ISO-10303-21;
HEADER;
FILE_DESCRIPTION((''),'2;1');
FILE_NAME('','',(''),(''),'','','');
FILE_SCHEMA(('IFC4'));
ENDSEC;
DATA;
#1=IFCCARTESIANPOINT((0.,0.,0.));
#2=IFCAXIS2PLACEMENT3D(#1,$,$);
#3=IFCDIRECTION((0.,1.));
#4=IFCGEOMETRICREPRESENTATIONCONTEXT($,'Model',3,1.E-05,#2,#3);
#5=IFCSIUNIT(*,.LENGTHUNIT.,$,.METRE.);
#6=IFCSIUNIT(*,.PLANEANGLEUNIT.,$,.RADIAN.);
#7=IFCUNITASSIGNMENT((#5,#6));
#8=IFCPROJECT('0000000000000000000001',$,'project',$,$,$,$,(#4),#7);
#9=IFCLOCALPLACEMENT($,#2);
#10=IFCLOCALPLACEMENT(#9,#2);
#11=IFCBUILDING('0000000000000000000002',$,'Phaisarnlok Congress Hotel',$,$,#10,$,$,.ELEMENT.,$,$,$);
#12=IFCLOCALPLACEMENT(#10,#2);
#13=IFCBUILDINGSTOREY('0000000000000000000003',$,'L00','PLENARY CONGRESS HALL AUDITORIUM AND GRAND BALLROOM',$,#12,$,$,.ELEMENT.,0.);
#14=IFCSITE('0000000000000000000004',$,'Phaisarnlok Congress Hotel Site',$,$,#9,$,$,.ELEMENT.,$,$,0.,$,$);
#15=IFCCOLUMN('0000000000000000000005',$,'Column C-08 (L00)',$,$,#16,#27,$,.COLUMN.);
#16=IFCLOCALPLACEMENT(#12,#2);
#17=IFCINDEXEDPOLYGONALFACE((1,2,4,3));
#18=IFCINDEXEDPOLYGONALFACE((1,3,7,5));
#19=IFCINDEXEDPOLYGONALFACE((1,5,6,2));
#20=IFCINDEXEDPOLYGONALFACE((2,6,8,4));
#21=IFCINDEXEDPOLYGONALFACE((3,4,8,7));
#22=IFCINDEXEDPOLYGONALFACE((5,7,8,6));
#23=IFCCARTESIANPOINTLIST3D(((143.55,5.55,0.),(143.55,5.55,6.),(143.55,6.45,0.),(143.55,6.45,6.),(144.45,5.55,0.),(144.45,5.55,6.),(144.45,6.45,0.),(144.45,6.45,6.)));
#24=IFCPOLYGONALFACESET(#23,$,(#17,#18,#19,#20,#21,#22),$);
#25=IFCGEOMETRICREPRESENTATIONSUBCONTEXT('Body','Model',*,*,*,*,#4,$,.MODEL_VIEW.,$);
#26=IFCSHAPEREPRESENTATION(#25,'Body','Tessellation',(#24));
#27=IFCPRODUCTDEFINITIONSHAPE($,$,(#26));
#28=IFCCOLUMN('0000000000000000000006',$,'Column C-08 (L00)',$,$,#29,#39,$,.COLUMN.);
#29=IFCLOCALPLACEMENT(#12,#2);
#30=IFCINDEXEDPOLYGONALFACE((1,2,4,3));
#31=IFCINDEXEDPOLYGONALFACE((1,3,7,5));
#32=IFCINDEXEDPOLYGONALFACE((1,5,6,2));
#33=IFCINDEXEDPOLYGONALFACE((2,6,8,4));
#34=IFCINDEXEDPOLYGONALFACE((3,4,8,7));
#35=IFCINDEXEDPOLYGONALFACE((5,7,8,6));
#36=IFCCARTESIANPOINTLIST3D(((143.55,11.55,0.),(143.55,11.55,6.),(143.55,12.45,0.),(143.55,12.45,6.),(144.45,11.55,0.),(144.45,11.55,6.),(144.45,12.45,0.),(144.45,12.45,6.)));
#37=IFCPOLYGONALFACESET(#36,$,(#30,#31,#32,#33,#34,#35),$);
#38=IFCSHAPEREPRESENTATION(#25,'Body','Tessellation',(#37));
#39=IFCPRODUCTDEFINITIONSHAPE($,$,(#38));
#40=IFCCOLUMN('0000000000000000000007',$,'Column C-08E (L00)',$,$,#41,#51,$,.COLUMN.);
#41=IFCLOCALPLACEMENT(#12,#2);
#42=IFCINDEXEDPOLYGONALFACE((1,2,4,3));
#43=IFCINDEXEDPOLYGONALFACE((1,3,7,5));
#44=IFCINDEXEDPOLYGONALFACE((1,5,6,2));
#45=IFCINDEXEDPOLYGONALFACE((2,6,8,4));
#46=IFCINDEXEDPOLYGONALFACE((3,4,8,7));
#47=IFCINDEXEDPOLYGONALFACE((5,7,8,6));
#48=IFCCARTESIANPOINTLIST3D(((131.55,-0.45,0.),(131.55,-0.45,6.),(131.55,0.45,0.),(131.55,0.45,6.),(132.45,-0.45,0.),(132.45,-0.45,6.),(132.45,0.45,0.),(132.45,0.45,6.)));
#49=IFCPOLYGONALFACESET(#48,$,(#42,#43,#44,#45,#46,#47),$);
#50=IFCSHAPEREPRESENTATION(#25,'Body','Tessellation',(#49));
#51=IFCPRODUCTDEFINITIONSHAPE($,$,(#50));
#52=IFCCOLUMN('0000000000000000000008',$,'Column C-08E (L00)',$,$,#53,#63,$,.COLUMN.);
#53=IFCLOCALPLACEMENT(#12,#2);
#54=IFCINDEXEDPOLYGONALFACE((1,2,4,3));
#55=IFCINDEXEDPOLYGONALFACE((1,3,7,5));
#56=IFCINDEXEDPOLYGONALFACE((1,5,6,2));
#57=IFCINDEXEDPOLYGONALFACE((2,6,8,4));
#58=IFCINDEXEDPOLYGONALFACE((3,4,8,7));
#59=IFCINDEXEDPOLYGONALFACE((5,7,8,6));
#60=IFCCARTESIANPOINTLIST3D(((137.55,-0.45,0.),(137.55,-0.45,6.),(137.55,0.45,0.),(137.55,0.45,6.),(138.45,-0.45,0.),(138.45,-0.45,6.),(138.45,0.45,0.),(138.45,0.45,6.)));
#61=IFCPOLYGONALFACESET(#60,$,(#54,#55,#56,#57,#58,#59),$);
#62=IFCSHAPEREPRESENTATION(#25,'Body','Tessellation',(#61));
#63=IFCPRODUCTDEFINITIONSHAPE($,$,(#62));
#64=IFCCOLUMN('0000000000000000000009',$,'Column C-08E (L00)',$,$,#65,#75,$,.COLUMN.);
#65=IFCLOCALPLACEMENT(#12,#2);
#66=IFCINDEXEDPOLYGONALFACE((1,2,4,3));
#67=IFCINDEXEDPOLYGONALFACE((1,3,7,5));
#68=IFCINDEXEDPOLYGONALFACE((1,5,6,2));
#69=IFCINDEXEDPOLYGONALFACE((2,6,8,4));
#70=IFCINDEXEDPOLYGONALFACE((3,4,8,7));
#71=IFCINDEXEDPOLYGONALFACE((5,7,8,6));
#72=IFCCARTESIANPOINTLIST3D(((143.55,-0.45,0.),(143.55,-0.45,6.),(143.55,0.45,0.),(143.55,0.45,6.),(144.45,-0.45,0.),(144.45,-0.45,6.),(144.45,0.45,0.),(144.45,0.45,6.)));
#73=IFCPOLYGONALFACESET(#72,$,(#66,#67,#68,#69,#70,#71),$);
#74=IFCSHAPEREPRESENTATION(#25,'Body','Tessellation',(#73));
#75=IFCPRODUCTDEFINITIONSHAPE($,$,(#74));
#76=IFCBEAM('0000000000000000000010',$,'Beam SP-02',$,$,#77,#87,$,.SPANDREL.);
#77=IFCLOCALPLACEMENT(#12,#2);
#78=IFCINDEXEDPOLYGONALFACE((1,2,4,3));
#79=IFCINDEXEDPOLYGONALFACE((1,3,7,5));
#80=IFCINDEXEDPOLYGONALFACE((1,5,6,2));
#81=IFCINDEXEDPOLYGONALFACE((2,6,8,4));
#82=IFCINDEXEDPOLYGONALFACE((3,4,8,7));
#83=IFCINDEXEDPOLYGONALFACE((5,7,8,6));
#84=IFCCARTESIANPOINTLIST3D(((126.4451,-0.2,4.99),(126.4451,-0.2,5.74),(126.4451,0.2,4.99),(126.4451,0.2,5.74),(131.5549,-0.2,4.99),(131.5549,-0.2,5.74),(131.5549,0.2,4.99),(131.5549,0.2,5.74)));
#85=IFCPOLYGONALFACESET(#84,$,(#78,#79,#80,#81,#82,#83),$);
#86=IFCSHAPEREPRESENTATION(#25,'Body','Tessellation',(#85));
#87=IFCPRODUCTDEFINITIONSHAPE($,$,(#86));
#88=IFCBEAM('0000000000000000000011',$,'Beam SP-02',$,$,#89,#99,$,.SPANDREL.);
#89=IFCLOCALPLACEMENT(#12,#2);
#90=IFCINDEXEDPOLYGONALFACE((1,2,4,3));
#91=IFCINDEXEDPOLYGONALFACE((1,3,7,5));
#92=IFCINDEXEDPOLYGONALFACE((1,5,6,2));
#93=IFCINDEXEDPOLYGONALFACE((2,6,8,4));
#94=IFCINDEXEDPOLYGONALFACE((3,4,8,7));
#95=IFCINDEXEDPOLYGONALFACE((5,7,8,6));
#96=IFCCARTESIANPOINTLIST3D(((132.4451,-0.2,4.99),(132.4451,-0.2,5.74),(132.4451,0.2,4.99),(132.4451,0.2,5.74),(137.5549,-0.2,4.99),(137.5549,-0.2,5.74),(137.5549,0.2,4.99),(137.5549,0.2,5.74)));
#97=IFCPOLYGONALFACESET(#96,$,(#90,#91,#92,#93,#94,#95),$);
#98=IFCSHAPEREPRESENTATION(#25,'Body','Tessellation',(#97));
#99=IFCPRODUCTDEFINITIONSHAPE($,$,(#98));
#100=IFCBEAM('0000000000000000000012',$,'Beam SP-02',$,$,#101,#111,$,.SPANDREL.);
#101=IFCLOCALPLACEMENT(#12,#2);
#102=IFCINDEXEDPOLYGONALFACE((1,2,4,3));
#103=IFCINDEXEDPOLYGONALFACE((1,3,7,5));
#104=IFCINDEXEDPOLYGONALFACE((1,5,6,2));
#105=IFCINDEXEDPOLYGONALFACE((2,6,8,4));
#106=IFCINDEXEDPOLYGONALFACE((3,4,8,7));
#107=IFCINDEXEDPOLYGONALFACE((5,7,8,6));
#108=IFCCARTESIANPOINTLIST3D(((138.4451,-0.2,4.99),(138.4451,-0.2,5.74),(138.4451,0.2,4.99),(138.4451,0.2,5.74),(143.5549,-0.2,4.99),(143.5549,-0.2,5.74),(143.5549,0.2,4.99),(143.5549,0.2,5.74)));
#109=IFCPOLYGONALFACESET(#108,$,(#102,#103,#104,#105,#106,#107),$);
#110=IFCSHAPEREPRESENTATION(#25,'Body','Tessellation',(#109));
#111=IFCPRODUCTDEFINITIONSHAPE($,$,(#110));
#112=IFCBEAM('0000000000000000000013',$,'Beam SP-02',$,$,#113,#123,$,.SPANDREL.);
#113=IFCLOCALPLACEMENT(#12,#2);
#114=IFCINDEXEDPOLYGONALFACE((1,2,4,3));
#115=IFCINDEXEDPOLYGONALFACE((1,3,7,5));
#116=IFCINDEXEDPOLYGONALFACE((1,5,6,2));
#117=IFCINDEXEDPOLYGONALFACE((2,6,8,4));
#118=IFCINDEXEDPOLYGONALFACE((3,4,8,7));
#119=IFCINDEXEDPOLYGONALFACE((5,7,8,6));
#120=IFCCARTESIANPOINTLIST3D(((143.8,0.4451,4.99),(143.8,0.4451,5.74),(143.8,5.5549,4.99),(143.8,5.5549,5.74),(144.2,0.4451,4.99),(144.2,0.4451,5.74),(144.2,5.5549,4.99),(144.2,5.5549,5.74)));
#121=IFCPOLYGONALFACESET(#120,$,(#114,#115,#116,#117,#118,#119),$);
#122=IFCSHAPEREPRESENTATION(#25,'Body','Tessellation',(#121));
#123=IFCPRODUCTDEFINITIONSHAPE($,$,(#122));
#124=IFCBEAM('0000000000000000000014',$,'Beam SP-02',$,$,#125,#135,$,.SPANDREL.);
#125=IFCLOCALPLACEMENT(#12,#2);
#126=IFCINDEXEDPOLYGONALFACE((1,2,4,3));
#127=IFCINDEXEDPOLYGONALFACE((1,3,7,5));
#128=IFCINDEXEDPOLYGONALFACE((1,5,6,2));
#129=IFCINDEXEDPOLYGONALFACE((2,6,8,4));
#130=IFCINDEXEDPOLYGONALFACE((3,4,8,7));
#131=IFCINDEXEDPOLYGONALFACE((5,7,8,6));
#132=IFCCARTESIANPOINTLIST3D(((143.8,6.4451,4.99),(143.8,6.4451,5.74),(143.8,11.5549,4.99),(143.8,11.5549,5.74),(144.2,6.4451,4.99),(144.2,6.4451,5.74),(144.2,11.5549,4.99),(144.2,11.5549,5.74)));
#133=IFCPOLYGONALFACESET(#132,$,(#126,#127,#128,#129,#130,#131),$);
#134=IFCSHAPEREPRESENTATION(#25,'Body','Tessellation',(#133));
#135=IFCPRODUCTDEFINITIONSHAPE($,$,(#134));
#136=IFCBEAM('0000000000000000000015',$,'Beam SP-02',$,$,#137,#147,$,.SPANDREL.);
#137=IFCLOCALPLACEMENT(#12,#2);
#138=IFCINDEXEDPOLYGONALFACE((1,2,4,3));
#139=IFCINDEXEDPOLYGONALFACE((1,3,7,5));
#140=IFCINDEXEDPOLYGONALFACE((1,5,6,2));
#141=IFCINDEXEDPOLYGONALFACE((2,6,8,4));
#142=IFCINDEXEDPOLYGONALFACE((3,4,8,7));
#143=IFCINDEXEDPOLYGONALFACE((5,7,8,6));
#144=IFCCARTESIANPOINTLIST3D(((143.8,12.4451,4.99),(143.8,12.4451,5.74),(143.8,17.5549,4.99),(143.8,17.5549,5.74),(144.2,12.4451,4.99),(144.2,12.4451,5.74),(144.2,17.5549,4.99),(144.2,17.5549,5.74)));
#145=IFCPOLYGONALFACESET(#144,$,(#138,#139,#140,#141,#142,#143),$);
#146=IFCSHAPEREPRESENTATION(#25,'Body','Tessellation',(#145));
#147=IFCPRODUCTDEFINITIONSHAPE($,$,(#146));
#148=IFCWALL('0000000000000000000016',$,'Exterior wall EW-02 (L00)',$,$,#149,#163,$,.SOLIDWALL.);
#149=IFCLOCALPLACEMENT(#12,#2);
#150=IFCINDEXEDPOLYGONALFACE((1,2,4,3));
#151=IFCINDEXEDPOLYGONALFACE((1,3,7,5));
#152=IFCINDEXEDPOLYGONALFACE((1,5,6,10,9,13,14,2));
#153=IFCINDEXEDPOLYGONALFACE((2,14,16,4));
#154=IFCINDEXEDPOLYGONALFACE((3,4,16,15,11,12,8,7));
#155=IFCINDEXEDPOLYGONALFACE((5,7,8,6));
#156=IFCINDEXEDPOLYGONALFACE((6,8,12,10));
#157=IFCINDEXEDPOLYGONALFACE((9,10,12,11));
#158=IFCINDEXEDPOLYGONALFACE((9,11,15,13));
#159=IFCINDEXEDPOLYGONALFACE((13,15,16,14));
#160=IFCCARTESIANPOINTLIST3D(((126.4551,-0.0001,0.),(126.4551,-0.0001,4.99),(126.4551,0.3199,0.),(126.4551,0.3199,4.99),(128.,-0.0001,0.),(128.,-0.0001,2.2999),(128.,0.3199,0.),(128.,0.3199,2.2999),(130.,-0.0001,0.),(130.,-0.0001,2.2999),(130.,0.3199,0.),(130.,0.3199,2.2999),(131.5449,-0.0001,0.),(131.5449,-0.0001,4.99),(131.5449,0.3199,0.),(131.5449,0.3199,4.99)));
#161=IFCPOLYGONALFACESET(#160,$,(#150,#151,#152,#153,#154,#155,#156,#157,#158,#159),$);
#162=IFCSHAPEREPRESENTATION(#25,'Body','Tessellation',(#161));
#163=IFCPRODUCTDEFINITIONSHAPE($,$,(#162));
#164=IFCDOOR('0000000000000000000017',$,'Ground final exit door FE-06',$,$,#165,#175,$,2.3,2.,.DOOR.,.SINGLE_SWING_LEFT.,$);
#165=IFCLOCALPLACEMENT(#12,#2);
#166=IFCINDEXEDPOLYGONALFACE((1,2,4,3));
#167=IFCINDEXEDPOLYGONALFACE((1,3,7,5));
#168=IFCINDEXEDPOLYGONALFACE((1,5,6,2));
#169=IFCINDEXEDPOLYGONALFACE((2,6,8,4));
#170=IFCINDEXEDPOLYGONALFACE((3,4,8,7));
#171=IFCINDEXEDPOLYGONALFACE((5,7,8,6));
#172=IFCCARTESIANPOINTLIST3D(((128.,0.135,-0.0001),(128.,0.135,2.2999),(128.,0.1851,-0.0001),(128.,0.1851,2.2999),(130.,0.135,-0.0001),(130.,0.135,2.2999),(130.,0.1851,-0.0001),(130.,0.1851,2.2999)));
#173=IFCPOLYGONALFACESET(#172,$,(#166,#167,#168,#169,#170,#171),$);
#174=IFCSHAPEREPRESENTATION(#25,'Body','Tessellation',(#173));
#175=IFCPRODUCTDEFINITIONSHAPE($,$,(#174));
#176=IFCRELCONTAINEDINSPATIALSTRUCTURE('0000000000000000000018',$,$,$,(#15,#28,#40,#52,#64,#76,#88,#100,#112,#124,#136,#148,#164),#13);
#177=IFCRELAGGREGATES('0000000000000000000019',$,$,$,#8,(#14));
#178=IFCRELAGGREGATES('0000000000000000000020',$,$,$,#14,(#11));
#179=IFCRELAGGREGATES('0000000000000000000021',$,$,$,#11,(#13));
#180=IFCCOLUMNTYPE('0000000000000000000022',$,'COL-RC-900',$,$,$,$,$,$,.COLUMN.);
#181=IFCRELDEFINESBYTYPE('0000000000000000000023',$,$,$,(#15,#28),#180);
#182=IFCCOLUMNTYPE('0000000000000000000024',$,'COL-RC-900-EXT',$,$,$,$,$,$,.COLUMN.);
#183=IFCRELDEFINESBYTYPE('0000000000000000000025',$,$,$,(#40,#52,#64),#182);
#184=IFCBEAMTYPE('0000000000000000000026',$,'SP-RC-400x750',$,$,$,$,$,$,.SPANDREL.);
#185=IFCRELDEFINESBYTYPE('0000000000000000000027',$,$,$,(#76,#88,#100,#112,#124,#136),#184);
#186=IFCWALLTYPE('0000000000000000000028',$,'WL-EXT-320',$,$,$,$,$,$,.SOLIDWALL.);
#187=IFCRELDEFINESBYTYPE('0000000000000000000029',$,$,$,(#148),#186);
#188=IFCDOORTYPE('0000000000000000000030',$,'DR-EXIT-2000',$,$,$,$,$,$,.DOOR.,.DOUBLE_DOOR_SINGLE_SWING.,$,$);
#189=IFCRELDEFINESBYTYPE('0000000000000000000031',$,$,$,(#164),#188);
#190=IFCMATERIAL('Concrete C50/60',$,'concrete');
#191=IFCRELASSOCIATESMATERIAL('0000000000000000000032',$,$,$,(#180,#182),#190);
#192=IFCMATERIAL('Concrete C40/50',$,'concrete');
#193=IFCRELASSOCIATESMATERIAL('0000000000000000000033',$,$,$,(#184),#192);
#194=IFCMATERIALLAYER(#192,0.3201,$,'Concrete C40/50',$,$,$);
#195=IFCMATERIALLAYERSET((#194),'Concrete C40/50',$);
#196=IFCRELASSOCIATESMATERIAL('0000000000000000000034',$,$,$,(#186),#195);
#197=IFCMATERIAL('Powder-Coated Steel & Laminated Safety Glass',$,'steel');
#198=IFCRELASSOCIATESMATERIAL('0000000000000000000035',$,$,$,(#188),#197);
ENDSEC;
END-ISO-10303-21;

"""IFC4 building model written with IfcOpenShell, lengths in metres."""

from ifc_helpers import new_model, si_unit, direction, frame, frame_2d, origin, origin_2d, place, context, subcontext, project, spatial, rectangle, extrude, material, layer, layer_set, material_profile, profile_set, type_object, element, fill, save


model = new_model("IFC4")

# Units and contexts
model_context = context("Model", 3, precision=1e-05, world=origin(), true_north=direction((0.0, 1.0)))
body_context = subcontext(model_context, "Body", "Model", "MODEL_VIEW")
ifc_project = project(units=[si_unit("LENGTHUNIT", "METRE"), si_unit("PLANEANGLEUNIT", "RADIAN")], contexts=[model_context])

# Site, building, storey
site_placement = place(None, origin())
site = spatial("IfcSite", under=ifc_project, at=site_placement, Name="Phaisarnlok Congress Hotel Site", CompositionType="ELEMENT", RefElevation=0.0)
building_placement = place(site_placement, origin())
building = spatial("IfcBuilding", under=site, at=building_placement, Name="Phaisarnlok Congress Hotel", CompositionType="ELEMENT")
storey_placement = place(building_placement, origin())
storey = spatial("IfcBuildingStorey", under=building, at=storey_placement, Name="L00", Description="PLENARY CONGRESS HALL AUDITORIUM AND GRAND BALLROOM", CompositionType="ELEMENT", Elevation=0.0)

# Columns
ifc_material_1 = material(Name="Concrete C50/60", Category="concrete")
ifc_material_profile_1 = material_profile(ifc_material_1, rectangle(XDim=0.8999, YDim=0.8999, at=origin_2d()), Name="RC 900x900")
ifc_profile_set_1 = profile_set([ifc_material_profile_1], Name="Concrete C50/60")
column_type_1 = type_object("IfcColumnType", Name="COL-RC-900", PredefinedType="COLUMN", material=ifc_profile_set_1)
for number, where, z_axis, x_axis, name in (
    (1, (144.0, 6.0, 0.0), (0.0, 0.0, 1.0), (1.0, 0.0, 0.0), "Column C-08 (L00)"),
    (2, (144.0, 12.0, 0.0), (0.0, 0.0, 1.0), (1.0, 0.0, 0.0), "Column C-08 (L00)"),
):
    element("IfcColumn", number, at=place(storey_placement, frame(where, z_axis=z_axis, x_axis=x_axis)), inside=storey, type_object=column_type_1, Name=name, PredefinedType="COLUMN", context=body_context, shape_type="SweptSolid", body=[
        extrude(rectangle(XDim=0.8999, YDim=0.8999, at=origin_2d()), origin(), (0.0, 0.0, 1.0), 6.0),
    ])
ifc_material_profile_2 = material_profile(ifc_material_1, rectangle(XDim=0.8999, YDim=0.8999, at=origin_2d()), Name="RC 900x900")
ifc_profile_set_2 = profile_set([ifc_material_profile_2], Name="Concrete C50/60")
column_type_2 = type_object("IfcColumnType", Name="COL-RC-900-EXT", PredefinedType="COLUMN", material=ifc_profile_set_2)
for number, where, z_axis, x_axis, name in (
    (3, (132.0, 0.0, 0.0), (0.0, 0.0, 1.0), (1.0, 0.0, 0.0), "Column C-08E (L00)"),
    (4, (138.0, 0.0, 0.0), (0.0, 0.0, 1.0), (1.0, 0.0, 0.0), "Column C-08E (L00)"),
    (5, (144.0, 0.0, 0.0), (0.0, 0.0, 1.0), (1.0, 0.0, 0.0), "Column C-08E (L00)"),
):
    element("IfcColumn", number, at=place(storey_placement, frame(where, z_axis=z_axis, x_axis=x_axis)), inside=storey, type_object=column_type_2, Name=name, PredefinedType="COLUMN", context=body_context, shape_type="SweptSolid", body=[
        extrude(rectangle(XDim=0.8999, YDim=0.8999, at=origin_2d()), origin(), (0.0, 0.0, 1.0), 6.0),
    ])

# Beams
ifc_material_2 = material(Name="Concrete C40/50", Category="concrete")
ifc_material_profile_3 = material_profile(ifc_material_2, rectangle(XDim=0.3999, YDim=0.75, at=origin_2d()), Name="RC 400x750")
ifc_profile_set_3 = profile_set([ifc_material_profile_3], Name="Concrete C40/50")
beam_type = type_object("IfcBeamType", Name="SP-RC-400x750", PredefinedType="SPANDREL", material=ifc_profile_set_3)
for number, where, z_axis, x_axis, name in (
    (6, (126.4451, 0.0, 5.365), (1.0, 0.0, 0.0), (0.0, 1.0, 0.0), "Beam SP-02"),
    (7, (132.4451, 0.0, 5.365), (1.0, 0.0, 0.0), (0.0, 1.0, 0.0), "Beam SP-02"),
    (8, (138.4451, 0.0, 5.365), (1.0, 0.0, 0.0), (0.0, 1.0, 0.0), "Beam SP-02"),
    (9, (144.0, 0.4451, 5.365), (0.0, 1.0, 0.0), (-1.0, 0.0, 0.0), "Beam SP-02"),
    (10, (144.0, 6.4451, 5.365), (0.0, 1.0, 0.0), (-1.0, 0.0, 0.0), "Beam SP-02"),
    (11, (144.0, 12.4451, 5.365), (0.0, 1.0, 0.0), (-1.0, 0.0, 0.0), "Beam SP-02"),
):
    element("IfcBeam", number, at=place(storey_placement, frame(where, z_axis=z_axis, x_axis=x_axis)), inside=storey, type_object=beam_type, Name=name, PredefinedType="SPANDREL", context=body_context, shape_type="SweptSolid", body=[
        extrude(rectangle(XDim=0.3999, YDim=0.75, at=origin_2d()), origin(), (0.0, 0.0, 1.0), 5.1099),
    ])

# Wall, opening, door
ifc_layer = layer(ifc_material_2, 0.3201, Name="Concrete C40/50")
ifc_layer_set = layer_set([ifc_layer], Name="Concrete C40/50")
wall_type = type_object("IfcWallType", Name="WL-EXT-320", PredefinedType="SOLIDWALL", material=ifc_layer_set)
wall_1_placement = place(storey_placement, frame((126.4551, 0.1599, 0.0), z_axis=(0.0, 0.0, 1.0), x_axis=(1.0, 0.0, 0.0)))
wall_1 = element("IfcWall", 12, at=wall_1_placement, inside=storey, type_object=wall_type, Name="Exterior wall EW-02 (L00)", PredefinedType="SOLIDWALL", context=body_context, shape_type="SweptSolid", body=[
    extrude(rectangle(XDim=5.0898, YDim=0.3201, at=frame_2d((2.5449, 0.0))), origin(), (0.0, 0.0, 1.0), 4.99),
])
opening_1_placement = place(wall_1_placement, frame((1.5449, 0.0, 0.0)))
opening_1 = element("IfcOpeningElement", 13, at=opening_1_placement, cuts=wall_1, PredefinedType="OPENING", context=body_context, shape_type="SweptSolid", body=[
    extrude(rectangle(XDim=2.0, YDim=2.3, at=frame_2d((1.0, 1.1499))), frame((0.0, 0.1699, 0.0), z_axis=(0.0, -1.0, 0.0), x_axis=(1.0, 0.0, 0.0)), (0.0, 0.0, 1.0), 0.3401),
])
ifc_material_3 = material(Name="Powder-Coated Steel & Laminated Safety Glass", Category="steel")
door_type_1 = type_object("IfcDoorType", Name="DR-EXIT-2000", OperationType="DOUBLE_DOOR_SINGLE_SWING", PredefinedType="DOOR", material=ifc_material_3)
door_1_placement = place(opening_1_placement, frame((2.0, 0.0, 0.0), z_axis=(0.0, 0.0, 1.0), x_axis=(-1.0, 0.0, 0.0)))
door_1 = element("IfcDoor", 14, at=door_1_placement, inside=storey, type_object=door_type_1, Name="Ground final exit door FE-06", OperationType="SINGLE_SWING_LEFT", OverallHeight=2.3, OverallWidth=2.0, PredefinedType="DOOR", context=body_context, shape_type="SweptSolid", body=[
    extrude(rectangle(XDim=2.0, YDim=2.3, at=frame_2d((1.0, 1.1499))), frame((0.0, 0.0249, 0.0), z_axis=(0.0, -1.0, 0.0), x_axis=(1.0, 0.0, 0.0)), (0.0, 0.0, 1.0), 0.05),
])
fill(opening_1, door_1)

save(model, "model.ifc")
